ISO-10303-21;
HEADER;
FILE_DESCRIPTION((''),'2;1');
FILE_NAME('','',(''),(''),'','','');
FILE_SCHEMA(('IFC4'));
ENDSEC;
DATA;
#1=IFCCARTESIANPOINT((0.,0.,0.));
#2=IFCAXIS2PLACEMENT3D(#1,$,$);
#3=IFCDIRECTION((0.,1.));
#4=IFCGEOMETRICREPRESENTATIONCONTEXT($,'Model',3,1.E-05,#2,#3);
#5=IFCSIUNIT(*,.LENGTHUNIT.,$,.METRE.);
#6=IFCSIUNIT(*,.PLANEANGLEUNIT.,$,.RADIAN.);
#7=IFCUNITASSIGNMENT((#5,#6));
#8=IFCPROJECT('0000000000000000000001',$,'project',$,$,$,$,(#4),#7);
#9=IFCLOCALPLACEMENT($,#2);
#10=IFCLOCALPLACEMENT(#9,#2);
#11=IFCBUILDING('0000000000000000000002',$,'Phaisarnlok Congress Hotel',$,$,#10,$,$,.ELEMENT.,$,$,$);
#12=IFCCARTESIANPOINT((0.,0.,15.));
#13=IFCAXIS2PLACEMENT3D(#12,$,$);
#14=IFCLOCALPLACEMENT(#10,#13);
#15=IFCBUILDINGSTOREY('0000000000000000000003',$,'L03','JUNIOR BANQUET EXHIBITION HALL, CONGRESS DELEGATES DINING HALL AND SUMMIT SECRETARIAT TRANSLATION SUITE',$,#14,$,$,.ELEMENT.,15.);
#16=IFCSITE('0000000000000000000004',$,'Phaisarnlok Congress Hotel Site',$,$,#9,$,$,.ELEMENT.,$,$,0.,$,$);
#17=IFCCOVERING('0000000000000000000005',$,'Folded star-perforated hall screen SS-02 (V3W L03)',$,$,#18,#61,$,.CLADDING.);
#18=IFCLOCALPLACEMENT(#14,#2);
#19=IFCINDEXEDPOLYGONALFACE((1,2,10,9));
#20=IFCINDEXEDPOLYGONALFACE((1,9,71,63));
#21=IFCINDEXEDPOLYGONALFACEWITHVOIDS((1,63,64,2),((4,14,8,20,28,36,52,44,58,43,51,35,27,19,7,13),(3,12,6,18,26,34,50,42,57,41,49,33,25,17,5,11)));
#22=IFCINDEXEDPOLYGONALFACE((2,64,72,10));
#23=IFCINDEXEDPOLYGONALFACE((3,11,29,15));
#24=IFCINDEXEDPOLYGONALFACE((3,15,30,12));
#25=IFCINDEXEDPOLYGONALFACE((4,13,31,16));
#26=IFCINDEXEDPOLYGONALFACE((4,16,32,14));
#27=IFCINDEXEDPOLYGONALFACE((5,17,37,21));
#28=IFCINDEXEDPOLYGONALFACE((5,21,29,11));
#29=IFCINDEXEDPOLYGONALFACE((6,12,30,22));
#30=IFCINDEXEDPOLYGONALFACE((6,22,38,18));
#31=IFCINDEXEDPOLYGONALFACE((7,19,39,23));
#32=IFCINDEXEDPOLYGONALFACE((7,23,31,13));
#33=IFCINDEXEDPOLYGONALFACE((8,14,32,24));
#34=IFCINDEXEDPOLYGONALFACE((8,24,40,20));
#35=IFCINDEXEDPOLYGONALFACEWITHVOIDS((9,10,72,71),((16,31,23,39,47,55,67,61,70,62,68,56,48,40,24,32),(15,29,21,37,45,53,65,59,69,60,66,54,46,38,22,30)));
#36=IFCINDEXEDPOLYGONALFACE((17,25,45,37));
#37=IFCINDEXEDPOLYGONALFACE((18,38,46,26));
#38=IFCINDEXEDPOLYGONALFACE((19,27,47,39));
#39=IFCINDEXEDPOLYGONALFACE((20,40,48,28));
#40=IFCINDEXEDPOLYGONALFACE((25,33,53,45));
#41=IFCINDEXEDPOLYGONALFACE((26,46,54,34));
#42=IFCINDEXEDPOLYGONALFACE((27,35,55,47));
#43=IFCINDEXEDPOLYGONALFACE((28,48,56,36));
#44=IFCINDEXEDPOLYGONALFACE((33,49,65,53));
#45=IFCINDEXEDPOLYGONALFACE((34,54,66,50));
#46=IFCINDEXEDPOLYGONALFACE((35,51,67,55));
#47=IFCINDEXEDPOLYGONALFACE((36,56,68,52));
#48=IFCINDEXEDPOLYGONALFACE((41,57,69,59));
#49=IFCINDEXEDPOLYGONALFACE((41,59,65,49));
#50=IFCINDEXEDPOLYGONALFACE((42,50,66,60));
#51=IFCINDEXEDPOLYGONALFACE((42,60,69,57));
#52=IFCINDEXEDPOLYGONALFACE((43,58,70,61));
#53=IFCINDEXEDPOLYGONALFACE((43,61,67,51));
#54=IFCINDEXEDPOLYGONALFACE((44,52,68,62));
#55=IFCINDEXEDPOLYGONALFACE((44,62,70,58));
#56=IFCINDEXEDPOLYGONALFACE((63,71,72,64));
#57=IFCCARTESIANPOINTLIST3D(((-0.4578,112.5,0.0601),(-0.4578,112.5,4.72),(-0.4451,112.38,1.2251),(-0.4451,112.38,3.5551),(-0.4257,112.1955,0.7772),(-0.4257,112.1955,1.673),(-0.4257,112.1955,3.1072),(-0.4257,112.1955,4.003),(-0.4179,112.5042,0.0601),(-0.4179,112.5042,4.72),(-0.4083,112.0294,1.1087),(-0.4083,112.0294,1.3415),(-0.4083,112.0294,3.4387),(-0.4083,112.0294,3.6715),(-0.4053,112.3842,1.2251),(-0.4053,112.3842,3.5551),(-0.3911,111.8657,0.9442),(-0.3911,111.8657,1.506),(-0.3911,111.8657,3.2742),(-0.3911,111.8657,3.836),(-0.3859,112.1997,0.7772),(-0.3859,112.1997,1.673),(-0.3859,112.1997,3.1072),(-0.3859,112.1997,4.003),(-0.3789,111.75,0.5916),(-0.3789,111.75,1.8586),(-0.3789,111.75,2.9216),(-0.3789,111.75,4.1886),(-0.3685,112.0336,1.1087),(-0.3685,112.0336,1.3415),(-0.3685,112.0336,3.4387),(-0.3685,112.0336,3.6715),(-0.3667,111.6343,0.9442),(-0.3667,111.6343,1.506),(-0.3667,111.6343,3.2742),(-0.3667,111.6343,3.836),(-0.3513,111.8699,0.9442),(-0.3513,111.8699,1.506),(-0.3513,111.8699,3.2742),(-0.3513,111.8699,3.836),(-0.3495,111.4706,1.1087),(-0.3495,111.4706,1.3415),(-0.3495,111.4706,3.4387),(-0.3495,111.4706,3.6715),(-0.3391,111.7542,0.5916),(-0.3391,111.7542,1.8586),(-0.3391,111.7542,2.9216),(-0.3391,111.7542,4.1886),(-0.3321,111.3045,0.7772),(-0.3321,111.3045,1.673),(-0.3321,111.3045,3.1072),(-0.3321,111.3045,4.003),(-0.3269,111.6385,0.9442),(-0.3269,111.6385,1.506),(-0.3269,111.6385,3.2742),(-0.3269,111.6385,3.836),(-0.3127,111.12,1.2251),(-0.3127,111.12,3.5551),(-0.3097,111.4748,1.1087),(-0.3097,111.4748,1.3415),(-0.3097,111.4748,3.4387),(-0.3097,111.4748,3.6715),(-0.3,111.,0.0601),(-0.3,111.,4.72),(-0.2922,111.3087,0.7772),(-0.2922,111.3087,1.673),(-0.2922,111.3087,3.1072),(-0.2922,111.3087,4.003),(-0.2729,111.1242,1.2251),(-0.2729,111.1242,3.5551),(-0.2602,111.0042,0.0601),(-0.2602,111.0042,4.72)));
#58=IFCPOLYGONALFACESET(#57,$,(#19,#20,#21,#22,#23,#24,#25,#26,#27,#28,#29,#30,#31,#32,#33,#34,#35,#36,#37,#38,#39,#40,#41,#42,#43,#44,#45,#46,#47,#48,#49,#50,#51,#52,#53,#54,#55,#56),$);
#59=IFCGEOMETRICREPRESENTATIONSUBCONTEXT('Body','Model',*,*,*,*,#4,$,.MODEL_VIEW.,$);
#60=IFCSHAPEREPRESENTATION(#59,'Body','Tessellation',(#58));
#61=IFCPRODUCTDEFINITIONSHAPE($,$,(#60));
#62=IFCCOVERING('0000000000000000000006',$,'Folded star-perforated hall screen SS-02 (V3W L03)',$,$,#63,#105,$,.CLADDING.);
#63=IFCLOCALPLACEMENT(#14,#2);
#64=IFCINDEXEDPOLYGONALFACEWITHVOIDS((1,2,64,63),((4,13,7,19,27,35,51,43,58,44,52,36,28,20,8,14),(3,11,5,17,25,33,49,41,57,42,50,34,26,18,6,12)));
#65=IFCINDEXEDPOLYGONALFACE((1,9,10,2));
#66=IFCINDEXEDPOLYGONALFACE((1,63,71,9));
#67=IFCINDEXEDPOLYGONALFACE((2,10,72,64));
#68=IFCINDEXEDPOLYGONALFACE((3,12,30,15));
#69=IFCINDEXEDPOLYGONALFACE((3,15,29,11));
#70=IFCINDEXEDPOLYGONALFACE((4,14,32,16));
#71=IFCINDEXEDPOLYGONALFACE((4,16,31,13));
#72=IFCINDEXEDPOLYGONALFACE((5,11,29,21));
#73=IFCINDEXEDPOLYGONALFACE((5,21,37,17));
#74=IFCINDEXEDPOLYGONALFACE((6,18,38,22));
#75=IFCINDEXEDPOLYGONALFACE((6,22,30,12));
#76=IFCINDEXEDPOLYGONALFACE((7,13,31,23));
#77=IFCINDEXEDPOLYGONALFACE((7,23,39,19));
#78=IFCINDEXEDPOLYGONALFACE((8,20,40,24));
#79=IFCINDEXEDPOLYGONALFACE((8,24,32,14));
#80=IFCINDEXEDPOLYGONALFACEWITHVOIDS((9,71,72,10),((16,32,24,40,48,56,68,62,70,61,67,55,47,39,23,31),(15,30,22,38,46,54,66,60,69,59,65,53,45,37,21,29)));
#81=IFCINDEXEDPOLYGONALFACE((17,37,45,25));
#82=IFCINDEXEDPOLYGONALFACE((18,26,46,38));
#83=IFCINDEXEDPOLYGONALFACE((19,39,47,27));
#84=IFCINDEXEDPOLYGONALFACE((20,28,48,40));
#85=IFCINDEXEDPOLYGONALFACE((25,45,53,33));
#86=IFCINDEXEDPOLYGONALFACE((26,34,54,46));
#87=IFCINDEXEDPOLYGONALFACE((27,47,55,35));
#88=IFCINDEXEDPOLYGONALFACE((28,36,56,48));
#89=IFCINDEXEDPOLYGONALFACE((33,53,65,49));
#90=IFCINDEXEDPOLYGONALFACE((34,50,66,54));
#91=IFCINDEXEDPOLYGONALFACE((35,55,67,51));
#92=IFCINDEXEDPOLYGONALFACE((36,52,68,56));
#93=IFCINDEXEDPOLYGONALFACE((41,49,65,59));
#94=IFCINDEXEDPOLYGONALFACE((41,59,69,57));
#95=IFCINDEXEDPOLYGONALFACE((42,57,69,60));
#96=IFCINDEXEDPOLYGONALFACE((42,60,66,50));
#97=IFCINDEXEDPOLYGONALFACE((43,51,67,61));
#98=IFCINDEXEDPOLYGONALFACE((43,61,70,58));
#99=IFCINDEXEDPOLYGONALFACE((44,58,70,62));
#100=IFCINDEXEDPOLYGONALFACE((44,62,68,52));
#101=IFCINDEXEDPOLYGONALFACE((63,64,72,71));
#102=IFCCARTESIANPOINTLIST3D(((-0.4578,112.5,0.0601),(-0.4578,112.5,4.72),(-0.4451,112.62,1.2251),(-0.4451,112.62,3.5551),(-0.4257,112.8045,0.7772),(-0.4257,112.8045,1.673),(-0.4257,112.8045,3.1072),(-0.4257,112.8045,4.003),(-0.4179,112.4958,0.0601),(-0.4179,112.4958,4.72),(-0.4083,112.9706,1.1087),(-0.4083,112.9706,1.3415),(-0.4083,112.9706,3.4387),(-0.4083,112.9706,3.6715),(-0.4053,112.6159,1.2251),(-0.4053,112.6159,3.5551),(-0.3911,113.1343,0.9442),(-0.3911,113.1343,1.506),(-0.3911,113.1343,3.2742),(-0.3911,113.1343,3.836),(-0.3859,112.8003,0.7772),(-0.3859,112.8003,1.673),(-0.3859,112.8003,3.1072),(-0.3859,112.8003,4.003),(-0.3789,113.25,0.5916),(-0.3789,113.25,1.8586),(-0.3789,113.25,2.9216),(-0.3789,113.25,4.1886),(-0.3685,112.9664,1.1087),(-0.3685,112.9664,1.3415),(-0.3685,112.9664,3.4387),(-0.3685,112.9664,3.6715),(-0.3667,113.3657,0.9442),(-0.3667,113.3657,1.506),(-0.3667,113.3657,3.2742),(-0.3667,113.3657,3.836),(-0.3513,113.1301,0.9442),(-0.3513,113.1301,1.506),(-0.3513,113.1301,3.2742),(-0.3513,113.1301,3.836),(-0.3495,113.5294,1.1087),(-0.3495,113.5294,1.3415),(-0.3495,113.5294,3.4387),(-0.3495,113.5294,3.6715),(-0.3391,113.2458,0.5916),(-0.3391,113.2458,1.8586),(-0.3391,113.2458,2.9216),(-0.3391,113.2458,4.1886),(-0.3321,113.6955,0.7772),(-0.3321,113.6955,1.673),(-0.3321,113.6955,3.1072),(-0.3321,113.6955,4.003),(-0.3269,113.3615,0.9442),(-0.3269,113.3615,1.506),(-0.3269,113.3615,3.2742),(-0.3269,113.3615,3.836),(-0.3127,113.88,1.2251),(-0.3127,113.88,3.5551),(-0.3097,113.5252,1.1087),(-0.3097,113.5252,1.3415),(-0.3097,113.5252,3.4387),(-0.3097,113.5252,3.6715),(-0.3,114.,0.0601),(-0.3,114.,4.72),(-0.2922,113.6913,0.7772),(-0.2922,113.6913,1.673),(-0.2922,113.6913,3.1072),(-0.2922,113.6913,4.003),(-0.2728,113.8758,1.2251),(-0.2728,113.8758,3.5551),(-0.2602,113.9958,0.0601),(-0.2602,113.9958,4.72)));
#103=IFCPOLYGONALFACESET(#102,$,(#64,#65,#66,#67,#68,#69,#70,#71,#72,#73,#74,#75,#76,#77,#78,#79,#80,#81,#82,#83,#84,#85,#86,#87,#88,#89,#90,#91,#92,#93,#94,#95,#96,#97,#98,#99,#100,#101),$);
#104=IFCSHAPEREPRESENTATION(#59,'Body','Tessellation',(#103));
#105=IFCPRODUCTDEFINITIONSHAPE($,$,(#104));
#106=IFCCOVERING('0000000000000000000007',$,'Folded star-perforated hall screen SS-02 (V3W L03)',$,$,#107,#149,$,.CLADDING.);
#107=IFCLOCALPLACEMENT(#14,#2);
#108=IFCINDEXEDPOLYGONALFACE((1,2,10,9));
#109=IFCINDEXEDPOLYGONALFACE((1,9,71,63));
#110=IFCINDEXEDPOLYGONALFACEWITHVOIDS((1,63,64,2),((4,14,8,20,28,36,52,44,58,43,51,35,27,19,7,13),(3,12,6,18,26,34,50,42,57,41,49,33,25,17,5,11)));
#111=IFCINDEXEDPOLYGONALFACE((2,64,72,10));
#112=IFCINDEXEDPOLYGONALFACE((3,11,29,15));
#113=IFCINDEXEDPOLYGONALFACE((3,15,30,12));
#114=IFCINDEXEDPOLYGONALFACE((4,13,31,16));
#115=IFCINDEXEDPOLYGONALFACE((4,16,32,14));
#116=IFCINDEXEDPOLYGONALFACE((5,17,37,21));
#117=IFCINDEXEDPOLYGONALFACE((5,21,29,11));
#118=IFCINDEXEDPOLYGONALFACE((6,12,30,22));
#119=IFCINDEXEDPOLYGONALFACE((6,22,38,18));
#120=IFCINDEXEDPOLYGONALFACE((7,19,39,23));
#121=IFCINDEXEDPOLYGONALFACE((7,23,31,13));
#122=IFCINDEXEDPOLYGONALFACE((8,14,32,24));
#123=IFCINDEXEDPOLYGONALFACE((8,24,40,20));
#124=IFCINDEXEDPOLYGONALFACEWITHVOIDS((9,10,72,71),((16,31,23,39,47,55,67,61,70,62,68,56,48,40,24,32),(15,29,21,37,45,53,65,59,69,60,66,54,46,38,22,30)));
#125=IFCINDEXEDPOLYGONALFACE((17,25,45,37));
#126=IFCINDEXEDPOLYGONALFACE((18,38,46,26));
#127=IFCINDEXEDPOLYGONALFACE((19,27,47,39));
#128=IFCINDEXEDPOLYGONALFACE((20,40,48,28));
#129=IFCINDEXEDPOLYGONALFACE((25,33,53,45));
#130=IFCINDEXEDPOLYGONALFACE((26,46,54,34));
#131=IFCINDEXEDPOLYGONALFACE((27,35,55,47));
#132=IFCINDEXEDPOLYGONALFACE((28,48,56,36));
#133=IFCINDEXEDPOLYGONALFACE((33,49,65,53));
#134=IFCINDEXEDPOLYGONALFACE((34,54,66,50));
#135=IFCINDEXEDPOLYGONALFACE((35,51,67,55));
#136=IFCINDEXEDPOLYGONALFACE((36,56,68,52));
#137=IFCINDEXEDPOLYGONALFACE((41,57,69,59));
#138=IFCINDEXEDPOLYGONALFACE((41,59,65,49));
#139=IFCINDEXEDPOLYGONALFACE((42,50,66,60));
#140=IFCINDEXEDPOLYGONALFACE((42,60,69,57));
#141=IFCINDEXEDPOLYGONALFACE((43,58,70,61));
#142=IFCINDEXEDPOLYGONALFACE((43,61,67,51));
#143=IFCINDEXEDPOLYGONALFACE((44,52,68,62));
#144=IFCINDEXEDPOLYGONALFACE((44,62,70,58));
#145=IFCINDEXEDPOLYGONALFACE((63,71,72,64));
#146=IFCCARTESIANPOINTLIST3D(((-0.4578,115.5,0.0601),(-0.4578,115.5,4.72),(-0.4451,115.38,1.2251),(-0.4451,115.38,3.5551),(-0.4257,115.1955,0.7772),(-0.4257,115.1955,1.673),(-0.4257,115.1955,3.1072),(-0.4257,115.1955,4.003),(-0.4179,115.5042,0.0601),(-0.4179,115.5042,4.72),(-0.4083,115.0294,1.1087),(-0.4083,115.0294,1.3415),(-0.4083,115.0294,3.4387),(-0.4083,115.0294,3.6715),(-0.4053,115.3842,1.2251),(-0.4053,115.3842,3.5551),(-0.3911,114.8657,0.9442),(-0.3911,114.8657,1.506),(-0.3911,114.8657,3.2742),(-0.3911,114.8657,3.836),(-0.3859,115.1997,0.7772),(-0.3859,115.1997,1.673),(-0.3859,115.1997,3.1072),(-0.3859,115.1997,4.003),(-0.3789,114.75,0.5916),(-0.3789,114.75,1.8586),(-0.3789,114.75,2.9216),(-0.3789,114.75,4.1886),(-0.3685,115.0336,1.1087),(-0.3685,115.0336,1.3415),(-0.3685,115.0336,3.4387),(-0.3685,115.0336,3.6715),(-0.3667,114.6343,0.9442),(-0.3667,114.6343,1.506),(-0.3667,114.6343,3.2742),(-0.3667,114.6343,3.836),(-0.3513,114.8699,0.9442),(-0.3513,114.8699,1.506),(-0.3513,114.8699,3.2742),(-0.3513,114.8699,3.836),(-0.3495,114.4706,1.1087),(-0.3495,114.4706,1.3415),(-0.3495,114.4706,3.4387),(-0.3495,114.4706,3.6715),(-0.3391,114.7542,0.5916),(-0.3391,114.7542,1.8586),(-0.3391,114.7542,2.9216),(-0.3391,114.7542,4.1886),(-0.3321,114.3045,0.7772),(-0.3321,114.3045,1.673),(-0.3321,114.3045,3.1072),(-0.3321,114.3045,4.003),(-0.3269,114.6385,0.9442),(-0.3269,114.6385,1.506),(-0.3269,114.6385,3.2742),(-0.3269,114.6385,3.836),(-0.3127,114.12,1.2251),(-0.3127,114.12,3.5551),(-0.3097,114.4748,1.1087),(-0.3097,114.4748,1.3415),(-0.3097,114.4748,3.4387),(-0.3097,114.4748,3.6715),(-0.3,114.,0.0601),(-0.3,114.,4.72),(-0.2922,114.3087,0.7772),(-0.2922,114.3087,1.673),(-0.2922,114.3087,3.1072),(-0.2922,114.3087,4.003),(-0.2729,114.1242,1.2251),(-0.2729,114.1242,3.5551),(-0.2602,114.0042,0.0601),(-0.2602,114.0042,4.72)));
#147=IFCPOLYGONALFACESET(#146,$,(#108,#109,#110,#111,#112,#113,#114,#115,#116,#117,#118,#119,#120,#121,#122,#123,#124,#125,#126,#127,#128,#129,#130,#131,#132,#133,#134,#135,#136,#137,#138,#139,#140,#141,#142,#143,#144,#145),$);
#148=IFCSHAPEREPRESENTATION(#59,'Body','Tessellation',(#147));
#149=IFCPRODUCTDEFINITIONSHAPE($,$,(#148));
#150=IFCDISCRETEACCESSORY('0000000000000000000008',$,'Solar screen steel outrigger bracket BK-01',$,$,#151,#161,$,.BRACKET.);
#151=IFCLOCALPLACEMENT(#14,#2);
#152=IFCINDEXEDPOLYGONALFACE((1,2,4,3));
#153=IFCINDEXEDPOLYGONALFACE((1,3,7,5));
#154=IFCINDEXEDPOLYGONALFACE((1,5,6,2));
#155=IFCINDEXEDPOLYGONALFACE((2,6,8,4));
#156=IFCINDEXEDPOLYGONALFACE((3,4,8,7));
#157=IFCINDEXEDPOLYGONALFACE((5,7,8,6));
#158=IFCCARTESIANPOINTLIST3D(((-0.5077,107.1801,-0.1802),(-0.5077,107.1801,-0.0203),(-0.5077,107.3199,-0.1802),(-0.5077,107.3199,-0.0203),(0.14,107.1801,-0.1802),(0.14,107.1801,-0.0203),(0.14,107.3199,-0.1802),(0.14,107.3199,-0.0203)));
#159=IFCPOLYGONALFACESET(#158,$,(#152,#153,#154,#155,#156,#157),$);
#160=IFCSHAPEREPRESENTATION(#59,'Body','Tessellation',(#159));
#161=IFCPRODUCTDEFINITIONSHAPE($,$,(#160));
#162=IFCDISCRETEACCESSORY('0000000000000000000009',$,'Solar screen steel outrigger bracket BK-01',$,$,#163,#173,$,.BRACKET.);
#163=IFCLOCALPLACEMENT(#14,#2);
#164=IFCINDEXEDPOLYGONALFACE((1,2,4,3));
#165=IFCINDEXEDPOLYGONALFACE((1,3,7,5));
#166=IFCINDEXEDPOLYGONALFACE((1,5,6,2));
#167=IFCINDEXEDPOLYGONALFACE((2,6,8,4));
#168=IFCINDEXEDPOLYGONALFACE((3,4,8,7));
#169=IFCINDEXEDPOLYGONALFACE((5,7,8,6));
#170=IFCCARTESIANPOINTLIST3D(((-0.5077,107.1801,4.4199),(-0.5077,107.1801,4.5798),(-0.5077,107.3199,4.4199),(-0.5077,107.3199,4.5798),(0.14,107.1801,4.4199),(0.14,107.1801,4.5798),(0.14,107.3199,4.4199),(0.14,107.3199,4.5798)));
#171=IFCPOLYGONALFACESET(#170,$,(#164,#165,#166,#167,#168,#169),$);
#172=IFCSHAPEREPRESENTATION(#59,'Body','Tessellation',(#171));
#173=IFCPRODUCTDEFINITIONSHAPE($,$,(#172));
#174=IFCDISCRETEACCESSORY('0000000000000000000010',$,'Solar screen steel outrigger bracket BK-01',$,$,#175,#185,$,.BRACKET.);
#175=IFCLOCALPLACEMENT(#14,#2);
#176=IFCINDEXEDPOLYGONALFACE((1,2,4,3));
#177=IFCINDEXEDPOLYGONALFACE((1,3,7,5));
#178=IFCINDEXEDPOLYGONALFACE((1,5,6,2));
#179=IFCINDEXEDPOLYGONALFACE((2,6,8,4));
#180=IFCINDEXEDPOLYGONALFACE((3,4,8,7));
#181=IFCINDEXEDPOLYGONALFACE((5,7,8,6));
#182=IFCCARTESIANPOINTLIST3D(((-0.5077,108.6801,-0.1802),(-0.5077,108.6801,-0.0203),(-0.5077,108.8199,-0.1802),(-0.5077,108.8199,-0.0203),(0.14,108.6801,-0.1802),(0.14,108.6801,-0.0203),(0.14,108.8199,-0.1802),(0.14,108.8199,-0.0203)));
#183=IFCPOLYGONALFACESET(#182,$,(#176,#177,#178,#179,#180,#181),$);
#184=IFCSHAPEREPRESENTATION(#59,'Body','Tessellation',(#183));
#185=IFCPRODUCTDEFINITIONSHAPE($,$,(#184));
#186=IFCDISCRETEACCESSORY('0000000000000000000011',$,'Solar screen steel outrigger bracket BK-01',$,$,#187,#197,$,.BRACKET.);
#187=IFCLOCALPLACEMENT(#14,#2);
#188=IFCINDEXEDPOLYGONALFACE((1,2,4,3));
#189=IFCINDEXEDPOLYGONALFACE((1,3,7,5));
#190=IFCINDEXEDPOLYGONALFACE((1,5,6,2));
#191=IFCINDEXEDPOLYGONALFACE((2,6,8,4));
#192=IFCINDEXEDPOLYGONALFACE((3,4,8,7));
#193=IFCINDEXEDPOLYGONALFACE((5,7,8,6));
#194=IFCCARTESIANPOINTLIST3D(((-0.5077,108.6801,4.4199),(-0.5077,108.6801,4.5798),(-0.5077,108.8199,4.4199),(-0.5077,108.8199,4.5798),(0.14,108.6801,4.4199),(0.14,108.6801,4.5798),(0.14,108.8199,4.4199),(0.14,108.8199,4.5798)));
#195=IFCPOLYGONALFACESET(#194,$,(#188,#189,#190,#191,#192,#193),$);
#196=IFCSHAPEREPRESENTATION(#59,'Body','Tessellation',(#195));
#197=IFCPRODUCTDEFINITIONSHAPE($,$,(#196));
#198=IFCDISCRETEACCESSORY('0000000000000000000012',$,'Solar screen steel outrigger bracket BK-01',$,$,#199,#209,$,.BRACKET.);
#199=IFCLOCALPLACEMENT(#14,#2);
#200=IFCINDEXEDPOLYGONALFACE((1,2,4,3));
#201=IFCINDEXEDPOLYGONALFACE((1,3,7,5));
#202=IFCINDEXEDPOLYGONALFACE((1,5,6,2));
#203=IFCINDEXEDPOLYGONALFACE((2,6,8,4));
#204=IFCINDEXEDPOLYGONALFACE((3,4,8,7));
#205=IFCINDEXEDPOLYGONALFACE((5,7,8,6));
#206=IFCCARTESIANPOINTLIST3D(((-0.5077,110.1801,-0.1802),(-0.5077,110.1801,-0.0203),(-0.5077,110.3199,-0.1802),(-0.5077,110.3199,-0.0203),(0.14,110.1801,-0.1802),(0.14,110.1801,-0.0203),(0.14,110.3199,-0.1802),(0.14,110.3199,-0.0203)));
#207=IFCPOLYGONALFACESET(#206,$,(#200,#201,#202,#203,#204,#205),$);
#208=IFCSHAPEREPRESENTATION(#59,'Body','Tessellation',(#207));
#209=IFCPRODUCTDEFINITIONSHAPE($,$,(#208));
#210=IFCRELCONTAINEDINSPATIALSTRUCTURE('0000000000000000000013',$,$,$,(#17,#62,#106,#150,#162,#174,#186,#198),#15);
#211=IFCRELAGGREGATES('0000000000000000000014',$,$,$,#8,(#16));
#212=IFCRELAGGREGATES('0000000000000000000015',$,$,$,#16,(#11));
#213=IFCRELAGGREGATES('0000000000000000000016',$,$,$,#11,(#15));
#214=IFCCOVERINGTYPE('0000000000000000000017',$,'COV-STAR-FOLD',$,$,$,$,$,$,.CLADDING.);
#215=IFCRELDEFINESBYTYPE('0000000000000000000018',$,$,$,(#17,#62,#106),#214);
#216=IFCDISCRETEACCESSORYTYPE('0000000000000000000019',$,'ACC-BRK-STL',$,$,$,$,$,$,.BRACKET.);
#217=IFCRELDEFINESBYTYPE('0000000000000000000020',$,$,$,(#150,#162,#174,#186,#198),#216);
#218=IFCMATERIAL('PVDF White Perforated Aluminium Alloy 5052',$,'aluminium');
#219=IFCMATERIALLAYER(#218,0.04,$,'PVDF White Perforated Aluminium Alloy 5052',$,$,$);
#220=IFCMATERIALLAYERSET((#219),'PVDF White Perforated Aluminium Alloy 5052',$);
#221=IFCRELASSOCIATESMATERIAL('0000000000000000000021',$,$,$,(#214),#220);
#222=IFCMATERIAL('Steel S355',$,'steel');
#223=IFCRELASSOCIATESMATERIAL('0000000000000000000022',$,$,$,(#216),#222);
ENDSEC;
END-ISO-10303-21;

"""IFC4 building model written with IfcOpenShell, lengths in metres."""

from ifc_helpers import new_model, si_unit, direction, frame, origin, origin_2d, place, context, subcontext, project, spatial, polyline, rectangle, outline, extrude, material, layer, layer_set, type_object, element, save


model = new_model("IFC4")

# Units and contexts
model_context = context("Model", 3, precision=1e-05, world=origin(), true_north=direction((0.0, 1.0)))
body_context = subcontext(model_context, "Body", "Model", "MODEL_VIEW")
ifc_project = project(units=[si_unit("LENGTHUNIT", "METRE"), si_unit("PLANEANGLEUNIT", "RADIAN")], contexts=[model_context])

# Site, building, storey
site_placement = place(None, origin())
site = spatial("IfcSite", under=ifc_project, at=site_placement, Name="Phaisarnlok Congress Hotel Site", CompositionType="ELEMENT", RefElevation=0.0)
building_placement = place(site_placement, origin())
building = spatial("IfcBuilding", under=site, at=building_placement, Name="Phaisarnlok Congress Hotel", CompositionType="ELEMENT")
storey_placement = place(building_placement, frame((0.0, 0.0, 15.0)))
storey = spatial("IfcBuildingStorey", under=building, at=storey_placement, Name="L03", Description="JUNIOR BANQUET EXHIBITION HALL, CONGRESS DELEGATES DINING HALL AND SUMMIT SECRETARIAT TRANSLATION SUITE", CompositionType="ELEMENT", Elevation=15.0)

# Coverings
ifc_material_1 = material(Name="PVDF White Perforated Aluminium Alloy 5052", Category="aluminium")
ifc_layer_1 = layer(ifc_material_1, 0.04, Name="PVDF White Perforated Aluminium Alloy 5052")
ifc_layer_set_1 = layer_set([ifc_layer_1], Name="PVDF White Perforated Aluminium Alloy 5052")
covering_type = type_object("IfcCoveringType", Name="COV-STAR-FOLD", PredefinedType="CLADDING", material=ifc_layer_set_1)
for number, where, z_axis, x_axis, name in (
    (1, (-0.3, 111.0, 0.0601), (0.994518, 0.104567, 0.0), (-0.104567, 0.994518, 0.0), "Folded star-perforated hall screen SS-02 (V3W L03)"),
    (2, (-0.4578, 112.5, 0.0601), (0.994518, -0.104567, 0.0), (0.104567, 0.994518, 0.0), "Folded star-perforated hall screen SS-02 (V3W L03)"),
    (3, (-0.3, 114.0, 0.0601), (0.994518, 0.104567, 0.0), (-0.104567, 0.994518, 0.0), "Folded star-perforated hall screen SS-02 (V3W L03)"),
):
    element("IfcCovering", number, at=place(storey_placement, frame(where, z_axis=z_axis, x_axis=x_axis)), inside=storey, type_object=covering_type, Name=name, PredefinedType="CLADDING", context=body_context, shape_type="SweptSolid", body=[
        extrude(outline(polyline([(0.0, 0.0), (1.5083, 0.0), (1.5083, 4.6599), (0.0, 4.6599), (0.0, 0.0)]), holes=[polyline([(1.0351, 1.0486), (1.2021, 0.7171), (0.8705, 0.8841), (0.7541, 0.5315), (0.6378, 0.8841), (0.3062, 0.7171), (0.4732, 1.0486), (0.1207, 1.165), (0.4732, 1.2814), (0.3062, 1.6129), (0.6378, 1.4459), (0.7541, 1.7985), (0.8705, 1.4459), (1.2021, 1.6129), (1.0351, 1.2814), (1.3876, 1.165), (1.0351, 1.0486)]), polyline([(1.0351, 3.3786), (1.2021, 3.0471), (0.8705, 3.2141), (0.7541, 2.8615), (0.6378, 3.2141), (0.3062, 3.0471), (0.4732, 3.3786), (0.1207, 3.495), (0.4732, 3.6114), (0.3062, 3.9429), (0.6378, 3.7759), (0.7541, 4.1285), (0.8705, 3.7759), (1.2021, 3.9429), (1.0351, 3.6114), (1.3876, 3.495), (1.0351, 3.3786)])]), origin(), (0.0, 0.0, 1.0), 0.04),
    ])

# Discrete accessories
ifc_material_2 = material(Name="Steel S355", Category="steel")
discrete_accessory_type = type_object("IfcDiscreteAccessoryType", Name="ACC-BRK-STL", PredefinedType="BRACKET", material=ifc_material_2)
for number, where, z_axis, x_axis, name in (
    (4, (-0.1838, 107.25, -0.1802), (0.0, 0.0, 1.0), (1.0, 0.0, 0.0), "Solar screen steel outrigger bracket BK-01"),
    (5, (-0.1838, 107.25, 4.4199), (0.0, 0.0, 1.0), (1.0, 0.0, 0.0), "Solar screen steel outrigger bracket BK-01"),
    (6, (-0.1838, 108.75, -0.1802), (0.0, 0.0, 1.0), (1.0, 0.0, 0.0), "Solar screen steel outrigger bracket BK-01"),
    (7, (-0.1838, 108.75, 4.4199), (0.0, 0.0, 1.0), (1.0, 0.0, 0.0), "Solar screen steel outrigger bracket BK-01"),
    (8, (-0.1838, 110.25, -0.1802), (0.0, 0.0, 1.0), (1.0, 0.0, 0.0), "Solar screen steel outrigger bracket BK-01"),
):
    element("IfcDiscreteAccessory", number, at=place(storey_placement, frame(where, z_axis=z_axis, x_axis=x_axis)), inside=storey, type_object=discrete_accessory_type, Name=name, PredefinedType="BRACKET", context=body_context, shape_type="SweptSolid", body=[
        extrude(rectangle(XDim=0.6477, YDim=0.1399, at=origin_2d()), origin(), (0.0, 0.0, 1.0), 0.1599),
    ])

save(model, "model.ifc")
